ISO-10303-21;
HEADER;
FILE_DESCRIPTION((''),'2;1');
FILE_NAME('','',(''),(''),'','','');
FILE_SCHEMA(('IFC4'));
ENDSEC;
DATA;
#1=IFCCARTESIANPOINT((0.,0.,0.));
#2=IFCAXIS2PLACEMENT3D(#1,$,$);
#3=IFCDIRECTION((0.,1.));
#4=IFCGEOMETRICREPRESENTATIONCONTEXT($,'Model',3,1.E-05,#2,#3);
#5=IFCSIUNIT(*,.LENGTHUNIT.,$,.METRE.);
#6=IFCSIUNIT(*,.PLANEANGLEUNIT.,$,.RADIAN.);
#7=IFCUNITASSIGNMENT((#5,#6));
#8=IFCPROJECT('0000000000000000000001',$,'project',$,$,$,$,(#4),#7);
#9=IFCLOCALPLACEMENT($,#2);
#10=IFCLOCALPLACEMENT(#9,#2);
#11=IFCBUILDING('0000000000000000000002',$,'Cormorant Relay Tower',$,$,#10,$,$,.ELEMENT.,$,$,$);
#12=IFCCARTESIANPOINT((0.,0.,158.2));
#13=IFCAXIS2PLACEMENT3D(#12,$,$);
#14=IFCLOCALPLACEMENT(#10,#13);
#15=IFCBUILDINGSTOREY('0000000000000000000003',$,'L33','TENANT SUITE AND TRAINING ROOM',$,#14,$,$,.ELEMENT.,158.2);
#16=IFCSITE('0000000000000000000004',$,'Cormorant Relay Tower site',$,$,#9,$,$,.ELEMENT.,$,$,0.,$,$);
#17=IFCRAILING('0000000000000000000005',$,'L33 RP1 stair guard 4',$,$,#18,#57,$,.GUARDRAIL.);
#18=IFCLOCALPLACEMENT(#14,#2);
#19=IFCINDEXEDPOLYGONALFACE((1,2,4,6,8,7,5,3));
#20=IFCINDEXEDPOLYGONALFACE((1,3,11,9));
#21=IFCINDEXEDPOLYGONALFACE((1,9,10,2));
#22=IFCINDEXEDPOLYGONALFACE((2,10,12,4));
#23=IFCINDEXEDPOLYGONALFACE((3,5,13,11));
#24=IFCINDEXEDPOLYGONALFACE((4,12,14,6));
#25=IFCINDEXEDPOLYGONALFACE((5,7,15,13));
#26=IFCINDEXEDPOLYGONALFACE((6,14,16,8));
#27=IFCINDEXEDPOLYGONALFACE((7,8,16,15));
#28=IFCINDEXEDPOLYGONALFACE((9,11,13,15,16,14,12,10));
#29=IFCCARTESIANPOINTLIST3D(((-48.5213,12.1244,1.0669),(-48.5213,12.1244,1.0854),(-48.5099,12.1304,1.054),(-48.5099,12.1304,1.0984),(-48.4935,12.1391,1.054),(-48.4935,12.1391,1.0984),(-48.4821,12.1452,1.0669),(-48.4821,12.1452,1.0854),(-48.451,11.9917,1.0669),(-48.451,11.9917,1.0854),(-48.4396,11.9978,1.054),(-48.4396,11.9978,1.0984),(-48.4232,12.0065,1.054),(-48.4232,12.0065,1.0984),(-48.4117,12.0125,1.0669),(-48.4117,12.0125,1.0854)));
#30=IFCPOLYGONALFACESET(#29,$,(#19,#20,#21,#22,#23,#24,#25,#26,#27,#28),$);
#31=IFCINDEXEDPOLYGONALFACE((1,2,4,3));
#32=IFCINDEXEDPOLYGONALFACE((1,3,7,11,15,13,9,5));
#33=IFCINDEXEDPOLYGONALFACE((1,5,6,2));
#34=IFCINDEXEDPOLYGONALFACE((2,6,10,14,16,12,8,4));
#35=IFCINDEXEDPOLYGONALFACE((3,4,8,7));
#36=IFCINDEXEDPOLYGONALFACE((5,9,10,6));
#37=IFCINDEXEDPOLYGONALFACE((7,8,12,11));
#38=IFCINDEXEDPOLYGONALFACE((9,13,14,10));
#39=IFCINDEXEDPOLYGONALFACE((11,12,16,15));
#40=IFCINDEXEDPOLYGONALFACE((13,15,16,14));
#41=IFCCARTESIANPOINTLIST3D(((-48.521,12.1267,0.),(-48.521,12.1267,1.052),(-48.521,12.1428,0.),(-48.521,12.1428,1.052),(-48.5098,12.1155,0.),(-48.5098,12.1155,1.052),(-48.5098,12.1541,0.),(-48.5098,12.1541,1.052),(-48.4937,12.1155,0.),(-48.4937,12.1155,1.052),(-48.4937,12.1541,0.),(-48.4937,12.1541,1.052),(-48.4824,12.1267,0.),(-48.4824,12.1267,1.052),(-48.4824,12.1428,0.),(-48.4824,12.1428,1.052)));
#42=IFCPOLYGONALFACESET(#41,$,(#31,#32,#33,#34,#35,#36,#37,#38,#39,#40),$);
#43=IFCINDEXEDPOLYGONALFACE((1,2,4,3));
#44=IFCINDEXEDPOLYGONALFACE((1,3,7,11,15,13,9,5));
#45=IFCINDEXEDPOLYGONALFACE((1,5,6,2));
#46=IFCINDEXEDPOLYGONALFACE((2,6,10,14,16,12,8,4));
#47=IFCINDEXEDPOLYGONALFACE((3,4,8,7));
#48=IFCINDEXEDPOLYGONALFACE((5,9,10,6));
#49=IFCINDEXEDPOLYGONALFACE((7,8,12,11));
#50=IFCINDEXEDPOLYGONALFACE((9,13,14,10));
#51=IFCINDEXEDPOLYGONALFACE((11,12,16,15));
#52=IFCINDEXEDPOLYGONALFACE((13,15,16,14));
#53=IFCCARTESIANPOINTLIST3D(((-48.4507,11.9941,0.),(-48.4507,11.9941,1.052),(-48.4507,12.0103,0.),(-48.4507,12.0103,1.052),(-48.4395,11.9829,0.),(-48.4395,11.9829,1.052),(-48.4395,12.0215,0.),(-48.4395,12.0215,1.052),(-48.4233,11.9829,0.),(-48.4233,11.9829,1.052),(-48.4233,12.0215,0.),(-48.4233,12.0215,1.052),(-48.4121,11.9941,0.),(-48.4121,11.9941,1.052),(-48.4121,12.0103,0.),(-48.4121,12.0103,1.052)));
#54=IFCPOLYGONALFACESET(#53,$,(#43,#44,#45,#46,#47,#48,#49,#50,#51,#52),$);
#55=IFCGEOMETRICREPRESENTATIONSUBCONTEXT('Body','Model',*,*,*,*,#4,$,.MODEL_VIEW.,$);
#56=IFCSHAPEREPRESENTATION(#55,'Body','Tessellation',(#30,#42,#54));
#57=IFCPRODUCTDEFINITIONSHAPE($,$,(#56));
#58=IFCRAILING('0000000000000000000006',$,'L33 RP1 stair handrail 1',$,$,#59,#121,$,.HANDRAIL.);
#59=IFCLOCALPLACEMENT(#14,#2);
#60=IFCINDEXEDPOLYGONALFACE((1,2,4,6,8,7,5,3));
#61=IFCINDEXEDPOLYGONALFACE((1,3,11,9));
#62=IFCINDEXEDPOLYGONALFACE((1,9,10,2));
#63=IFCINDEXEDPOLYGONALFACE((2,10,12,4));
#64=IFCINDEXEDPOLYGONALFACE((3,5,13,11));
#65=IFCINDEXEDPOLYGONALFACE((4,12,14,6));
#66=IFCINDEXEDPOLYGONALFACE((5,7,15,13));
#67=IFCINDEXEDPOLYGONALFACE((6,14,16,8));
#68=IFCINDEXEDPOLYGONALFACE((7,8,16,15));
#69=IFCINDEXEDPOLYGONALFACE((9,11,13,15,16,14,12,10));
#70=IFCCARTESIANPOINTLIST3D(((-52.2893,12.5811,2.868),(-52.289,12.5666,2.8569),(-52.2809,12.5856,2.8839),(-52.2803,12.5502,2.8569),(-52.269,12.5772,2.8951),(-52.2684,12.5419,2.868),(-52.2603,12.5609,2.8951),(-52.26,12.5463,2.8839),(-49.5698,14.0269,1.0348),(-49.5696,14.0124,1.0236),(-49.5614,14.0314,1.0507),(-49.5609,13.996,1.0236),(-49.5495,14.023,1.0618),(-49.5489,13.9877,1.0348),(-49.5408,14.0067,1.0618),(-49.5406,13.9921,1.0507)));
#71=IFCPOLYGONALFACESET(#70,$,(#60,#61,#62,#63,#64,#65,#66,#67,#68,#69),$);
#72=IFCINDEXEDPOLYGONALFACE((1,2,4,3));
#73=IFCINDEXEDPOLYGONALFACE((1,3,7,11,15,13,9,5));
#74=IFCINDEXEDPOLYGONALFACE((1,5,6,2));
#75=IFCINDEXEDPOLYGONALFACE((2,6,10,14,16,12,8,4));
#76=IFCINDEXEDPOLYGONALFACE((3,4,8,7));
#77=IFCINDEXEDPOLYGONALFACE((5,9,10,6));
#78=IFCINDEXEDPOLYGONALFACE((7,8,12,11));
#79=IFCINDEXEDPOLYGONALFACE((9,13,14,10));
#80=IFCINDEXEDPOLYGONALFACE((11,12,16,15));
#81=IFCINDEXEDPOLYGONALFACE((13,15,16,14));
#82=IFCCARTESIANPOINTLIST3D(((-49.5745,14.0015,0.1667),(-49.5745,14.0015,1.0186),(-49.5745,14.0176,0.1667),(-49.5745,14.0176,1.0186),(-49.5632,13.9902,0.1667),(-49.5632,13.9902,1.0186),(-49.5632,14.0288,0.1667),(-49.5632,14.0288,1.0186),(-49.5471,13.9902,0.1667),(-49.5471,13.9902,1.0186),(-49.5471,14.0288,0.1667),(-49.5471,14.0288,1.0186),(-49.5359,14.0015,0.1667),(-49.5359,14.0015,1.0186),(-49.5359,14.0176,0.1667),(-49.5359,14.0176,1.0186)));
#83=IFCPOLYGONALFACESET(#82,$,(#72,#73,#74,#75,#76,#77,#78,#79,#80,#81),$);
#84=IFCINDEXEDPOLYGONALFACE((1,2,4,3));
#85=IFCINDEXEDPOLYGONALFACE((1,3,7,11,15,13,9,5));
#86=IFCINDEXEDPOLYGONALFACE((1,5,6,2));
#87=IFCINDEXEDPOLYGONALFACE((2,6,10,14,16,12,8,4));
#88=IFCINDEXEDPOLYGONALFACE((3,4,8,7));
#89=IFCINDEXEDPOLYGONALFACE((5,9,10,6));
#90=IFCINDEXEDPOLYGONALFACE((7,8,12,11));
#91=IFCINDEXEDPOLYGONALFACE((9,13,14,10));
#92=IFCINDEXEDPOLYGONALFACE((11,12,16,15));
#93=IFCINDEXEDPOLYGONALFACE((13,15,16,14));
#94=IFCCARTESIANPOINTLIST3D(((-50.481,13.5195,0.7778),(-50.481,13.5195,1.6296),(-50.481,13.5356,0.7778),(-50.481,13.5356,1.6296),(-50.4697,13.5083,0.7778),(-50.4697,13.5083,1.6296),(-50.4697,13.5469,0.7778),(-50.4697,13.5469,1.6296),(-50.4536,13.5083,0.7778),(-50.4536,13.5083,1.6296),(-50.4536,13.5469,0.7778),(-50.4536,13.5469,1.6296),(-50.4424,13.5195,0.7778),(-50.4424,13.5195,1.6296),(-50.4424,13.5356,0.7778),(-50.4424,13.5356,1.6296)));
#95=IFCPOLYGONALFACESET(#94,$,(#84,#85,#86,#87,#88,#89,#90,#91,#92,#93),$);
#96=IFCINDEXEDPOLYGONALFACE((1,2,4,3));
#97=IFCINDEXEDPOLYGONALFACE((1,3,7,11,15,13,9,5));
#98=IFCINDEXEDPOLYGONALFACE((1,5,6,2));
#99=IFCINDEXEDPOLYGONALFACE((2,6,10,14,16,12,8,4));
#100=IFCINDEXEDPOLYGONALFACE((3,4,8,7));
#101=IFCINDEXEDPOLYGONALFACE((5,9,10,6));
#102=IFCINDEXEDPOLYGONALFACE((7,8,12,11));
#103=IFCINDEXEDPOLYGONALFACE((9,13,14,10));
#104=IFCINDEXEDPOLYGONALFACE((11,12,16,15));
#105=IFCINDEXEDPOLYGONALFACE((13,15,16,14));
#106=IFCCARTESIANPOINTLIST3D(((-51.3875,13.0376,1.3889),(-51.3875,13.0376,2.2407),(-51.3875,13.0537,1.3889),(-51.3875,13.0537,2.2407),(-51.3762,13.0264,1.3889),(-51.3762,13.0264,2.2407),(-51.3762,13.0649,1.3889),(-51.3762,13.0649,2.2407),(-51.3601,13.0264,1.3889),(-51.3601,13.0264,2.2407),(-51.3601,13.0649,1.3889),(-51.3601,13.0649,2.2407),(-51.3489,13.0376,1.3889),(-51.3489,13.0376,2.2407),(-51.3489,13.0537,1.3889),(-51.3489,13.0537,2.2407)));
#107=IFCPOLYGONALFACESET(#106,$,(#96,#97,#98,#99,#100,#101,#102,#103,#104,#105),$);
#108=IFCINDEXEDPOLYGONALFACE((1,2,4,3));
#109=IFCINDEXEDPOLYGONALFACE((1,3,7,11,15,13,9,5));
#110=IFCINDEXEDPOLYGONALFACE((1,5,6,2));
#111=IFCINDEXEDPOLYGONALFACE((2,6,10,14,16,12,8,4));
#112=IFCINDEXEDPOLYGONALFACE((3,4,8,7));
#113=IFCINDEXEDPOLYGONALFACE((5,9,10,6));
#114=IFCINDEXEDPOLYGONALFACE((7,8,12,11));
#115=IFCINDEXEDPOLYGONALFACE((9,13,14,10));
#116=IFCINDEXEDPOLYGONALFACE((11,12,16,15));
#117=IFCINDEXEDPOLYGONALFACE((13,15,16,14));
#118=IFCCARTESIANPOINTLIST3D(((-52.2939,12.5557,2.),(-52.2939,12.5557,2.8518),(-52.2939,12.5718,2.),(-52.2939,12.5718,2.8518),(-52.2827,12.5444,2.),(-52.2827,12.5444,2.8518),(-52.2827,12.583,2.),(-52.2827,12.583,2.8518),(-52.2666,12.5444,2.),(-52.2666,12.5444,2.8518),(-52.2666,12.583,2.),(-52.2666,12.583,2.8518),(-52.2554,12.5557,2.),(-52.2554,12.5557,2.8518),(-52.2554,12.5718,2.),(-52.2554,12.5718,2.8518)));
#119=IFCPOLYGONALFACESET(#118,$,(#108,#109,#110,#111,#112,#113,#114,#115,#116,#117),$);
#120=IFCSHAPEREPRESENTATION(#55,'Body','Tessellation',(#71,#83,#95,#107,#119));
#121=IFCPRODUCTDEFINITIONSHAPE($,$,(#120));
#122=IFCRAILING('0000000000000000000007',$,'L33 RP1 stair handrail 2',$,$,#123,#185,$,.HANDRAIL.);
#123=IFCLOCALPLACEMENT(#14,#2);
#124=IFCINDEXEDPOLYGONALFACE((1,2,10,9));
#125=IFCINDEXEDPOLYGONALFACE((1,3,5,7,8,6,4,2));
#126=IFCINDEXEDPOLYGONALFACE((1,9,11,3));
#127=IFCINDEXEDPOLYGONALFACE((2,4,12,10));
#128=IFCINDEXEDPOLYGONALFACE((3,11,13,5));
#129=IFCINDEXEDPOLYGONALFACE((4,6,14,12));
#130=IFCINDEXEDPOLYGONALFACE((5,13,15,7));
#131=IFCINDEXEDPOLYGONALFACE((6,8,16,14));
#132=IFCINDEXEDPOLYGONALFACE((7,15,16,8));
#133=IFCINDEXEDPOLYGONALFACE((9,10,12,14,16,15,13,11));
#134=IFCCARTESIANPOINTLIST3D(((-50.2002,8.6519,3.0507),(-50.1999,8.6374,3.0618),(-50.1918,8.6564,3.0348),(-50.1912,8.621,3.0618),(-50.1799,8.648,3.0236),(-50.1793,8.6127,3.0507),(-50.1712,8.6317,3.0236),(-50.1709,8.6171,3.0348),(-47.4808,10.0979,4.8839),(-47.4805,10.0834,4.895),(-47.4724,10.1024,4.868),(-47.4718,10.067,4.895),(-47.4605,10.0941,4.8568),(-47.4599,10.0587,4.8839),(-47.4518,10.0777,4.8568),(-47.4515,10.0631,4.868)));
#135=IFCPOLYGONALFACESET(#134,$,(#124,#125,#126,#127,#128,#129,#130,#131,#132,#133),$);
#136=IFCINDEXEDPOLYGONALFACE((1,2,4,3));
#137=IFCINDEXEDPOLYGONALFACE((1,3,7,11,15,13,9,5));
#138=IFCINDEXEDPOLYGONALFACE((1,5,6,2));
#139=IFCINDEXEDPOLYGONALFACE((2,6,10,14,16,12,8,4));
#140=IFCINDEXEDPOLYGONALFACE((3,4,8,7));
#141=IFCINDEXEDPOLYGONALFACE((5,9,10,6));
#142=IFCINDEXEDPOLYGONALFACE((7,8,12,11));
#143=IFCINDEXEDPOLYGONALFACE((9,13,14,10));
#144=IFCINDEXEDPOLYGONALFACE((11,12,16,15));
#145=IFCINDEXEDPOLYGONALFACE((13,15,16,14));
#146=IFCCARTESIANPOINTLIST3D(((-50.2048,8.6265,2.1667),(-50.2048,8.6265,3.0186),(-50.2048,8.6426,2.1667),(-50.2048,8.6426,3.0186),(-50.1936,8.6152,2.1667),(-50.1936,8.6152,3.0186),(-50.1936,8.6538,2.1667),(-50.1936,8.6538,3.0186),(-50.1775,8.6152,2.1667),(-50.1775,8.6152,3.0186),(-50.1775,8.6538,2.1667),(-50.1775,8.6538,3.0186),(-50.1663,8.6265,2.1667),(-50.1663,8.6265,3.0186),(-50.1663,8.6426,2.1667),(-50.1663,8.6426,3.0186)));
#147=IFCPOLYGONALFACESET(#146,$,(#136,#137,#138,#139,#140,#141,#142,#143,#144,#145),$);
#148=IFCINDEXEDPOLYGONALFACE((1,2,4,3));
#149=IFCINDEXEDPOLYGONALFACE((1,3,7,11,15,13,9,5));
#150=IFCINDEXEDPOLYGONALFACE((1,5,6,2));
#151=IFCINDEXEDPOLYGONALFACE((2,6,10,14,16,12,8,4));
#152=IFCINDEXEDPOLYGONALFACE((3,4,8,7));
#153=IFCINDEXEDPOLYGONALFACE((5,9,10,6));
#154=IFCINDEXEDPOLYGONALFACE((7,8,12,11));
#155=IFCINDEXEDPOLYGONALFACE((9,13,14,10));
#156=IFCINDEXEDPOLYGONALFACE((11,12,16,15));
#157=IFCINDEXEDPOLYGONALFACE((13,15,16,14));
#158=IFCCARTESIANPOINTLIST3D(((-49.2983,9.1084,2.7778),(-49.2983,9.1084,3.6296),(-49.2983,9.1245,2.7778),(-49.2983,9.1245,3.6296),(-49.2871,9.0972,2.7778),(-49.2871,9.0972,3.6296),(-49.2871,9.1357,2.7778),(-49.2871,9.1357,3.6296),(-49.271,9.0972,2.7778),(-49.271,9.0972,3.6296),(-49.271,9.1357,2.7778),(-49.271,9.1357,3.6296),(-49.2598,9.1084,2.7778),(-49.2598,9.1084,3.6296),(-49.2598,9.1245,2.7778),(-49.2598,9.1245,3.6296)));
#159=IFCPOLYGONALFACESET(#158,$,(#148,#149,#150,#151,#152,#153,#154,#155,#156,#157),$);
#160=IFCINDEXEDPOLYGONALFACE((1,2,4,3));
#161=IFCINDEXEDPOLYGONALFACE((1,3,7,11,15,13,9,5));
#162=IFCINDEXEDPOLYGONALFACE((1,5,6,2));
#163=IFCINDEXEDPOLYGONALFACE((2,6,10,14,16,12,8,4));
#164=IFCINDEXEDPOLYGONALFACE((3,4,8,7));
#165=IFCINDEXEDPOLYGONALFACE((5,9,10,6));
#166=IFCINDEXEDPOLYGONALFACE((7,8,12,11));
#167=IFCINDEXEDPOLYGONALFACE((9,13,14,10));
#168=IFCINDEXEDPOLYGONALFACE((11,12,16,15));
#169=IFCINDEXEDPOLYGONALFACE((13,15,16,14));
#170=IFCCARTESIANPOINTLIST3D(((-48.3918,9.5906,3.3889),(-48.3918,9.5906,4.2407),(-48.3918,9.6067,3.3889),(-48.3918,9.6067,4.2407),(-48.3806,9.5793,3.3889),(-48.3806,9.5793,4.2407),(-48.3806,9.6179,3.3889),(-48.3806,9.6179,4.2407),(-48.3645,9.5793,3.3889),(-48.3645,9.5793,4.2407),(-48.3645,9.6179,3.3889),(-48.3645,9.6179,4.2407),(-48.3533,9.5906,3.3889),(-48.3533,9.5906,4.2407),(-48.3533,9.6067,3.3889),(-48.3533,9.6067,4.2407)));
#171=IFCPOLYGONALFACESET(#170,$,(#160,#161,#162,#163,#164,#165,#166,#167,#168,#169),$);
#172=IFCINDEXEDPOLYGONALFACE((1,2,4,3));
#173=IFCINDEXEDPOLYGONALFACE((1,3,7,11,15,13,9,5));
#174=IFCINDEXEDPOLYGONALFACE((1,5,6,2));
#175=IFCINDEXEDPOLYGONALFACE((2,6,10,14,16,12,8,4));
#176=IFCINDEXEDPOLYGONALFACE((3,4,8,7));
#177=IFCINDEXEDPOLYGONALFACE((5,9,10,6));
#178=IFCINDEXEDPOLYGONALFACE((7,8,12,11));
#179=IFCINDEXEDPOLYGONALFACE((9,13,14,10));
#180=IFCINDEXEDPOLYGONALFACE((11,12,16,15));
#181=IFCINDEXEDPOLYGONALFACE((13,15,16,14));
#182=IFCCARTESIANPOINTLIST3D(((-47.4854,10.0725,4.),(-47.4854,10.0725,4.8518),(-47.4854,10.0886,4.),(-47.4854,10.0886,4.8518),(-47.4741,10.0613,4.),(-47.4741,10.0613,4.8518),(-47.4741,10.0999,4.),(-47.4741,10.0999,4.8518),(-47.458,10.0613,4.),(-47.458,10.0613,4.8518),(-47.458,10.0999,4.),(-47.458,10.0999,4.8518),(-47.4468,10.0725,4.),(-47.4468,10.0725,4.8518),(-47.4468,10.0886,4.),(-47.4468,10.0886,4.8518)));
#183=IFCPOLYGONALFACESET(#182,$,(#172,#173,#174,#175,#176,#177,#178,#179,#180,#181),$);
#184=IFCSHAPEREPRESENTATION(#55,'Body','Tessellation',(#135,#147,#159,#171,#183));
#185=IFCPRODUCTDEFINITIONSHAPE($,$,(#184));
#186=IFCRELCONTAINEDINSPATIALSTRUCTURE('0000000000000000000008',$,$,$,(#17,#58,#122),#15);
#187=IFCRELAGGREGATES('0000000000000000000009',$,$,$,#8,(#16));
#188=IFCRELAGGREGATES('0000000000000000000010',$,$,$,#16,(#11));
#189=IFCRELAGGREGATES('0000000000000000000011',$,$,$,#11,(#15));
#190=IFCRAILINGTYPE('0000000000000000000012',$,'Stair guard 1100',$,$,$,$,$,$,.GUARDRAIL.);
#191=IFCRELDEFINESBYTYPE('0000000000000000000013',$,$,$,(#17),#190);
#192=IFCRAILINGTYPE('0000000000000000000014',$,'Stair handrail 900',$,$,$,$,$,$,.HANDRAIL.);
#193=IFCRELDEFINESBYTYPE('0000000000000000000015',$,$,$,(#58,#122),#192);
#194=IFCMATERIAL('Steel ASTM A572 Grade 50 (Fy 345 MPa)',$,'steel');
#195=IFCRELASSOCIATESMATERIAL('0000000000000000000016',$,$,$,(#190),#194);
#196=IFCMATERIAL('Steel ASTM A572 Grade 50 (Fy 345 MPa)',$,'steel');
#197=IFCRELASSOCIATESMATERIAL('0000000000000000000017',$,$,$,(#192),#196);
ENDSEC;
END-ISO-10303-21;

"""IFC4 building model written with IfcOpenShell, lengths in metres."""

from ifc_helpers import new_model, si_unit, direction, frame, origin, place, context, subcontext, project, spatial, polyline, outline, extrude, material, type_object, element, save


model = new_model("IFC4")

# Units and contexts
model_context = context("Model", 3, precision=1e-05, world=origin(), true_north=direction((0.0, 1.0)))
body_context = subcontext(model_context, "Body", "Model", "MODEL_VIEW")
ifc_project = project(units=[si_unit("LENGTHUNIT", "METRE"), si_unit("PLANEANGLEUNIT", "RADIAN")], contexts=[model_context])

# Site, building, storey
site_placement = place(None, origin())
site = spatial("IfcSite", under=ifc_project, at=site_placement, Name="Cormorant Relay Tower site", CompositionType="ELEMENT", RefElevation=0.0)
building_placement = place(site_placement, origin())
building = spatial("IfcBuilding", under=site, at=building_placement, Name="Cormorant Relay Tower", CompositionType="ELEMENT")
storey_placement = place(building_placement, frame((0.0, 0.0, 158.2)))
storey = spatial("IfcBuildingStorey", under=building, at=storey_placement, Name="L33", Description="TENANT SUITE AND TRAINING ROOM", CompositionType="ELEMENT", Elevation=158.2)

# Railings
ifc_material_1 = material(Name="Steel ASTM A572 Grade 50 (Fy 345 MPa)", Category="steel")
railing_type_1 = type_object("IfcRailingType", Name="Stair guard 1100", PredefinedType="GUARDRAIL", material=ifc_material_1)
railing_1_placement = place(storey_placement, frame((-48.5017, 12.1348, 0.0)))
element("IfcRailing", 1, at=railing_1_placement, inside=storey, type_object=railing_type_1, Name="L33 RP1 stair guard 4", PredefinedType="GUARDRAIL", context=body_context, shape_type="SweptSolid", body=[
    extrude(outline(polyline([(0.0222, 0.0093), (0.0093, 0.0222), (-0.0093, 0.0222), (-0.0222, 0.0093), (-0.0222, -0.0093), (-0.0093, -0.0222), (0.0093, -0.0222), (0.0222, -0.0093), (0.0222, 0.0093)])), frame((0.0, 0.0, 1.0762), z_axis=(0.46856, -0.883431, 0.0), x_axis=(0.883431, 0.46856, 0.0)), (0.0, 0.0, 1.0), 0.1501),
    extrude(outline(polyline([(0.0193, 0.0081), (0.0081, 0.0193), (-0.0081, 0.0193), (-0.0193, 0.0081), (-0.0193, -0.0081), (-0.0081, -0.0193), (0.0081, -0.0193), (0.0193, -0.0081), (0.0193, 0.0081)])), origin(), (0.0, 0.0, 1.0), 1.052),
    extrude(outline(polyline([(0.0193, 0.0081), (0.0081, 0.0193), (-0.0081, 0.0193), (-0.0193, 0.0081), (-0.0193, -0.0081), (-0.0081, -0.0193), (0.0081, -0.0193), (0.0193, -0.0081), (0.0193, 0.0081)])), frame((0.0703, -0.1326, 0.0)), (0.0, 0.0, 1.0), 1.052),
])
ifc_material_2 = material(Name="Steel ASTM A572 Grade 50 (Fy 345 MPa)", Category="steel")
railing_type_2 = type_object("IfcRailingType", Name="Stair handrail 900", PredefinedType="HANDRAIL", material=ifc_material_2)
railing_2_placement = place(storey_placement, frame((-49.5552, 14.0095, 0.1667)))
element("IfcRailing", 2, at=railing_2_placement, inside=storey, type_object=railing_type_2, Name="L33 RP1 stair handrail 1", PredefinedType="HANDRAIL", context=body_context, shape_type="SweptSolid", body=[
    extrude(outline(polyline([(0.0222, 0.0093), (0.0093, 0.0222), (-0.0093, 0.0222), (-0.0222, 0.0093), (-0.0222, -0.0093), (-0.0093, -0.0222), (0.0093, -0.0222), (0.0222, -0.0093), (0.0222, 0.0093)])), frame((0.0, 0.0, 0.876), z_axis=(-0.758735, -0.403378, 0.511477), x_axis=(0.469428, -0.882971, 0.0)), (0.0, 0.0, 1.0), 3.5842),
    extrude(outline(polyline([(0.0193, 0.0081), (0.0081, 0.0193), (-0.0081, 0.0193), (-0.0193, 0.0081), (-0.0193, -0.0081), (-0.0081, -0.0193), (0.0081, -0.0193), (0.0193, -0.0081), (0.0193, 0.0081)])), origin(), (0.0, 0.0, 1.0), 0.8518),
    extrude(outline(polyline([(0.0193, 0.0081), (0.0081, 0.0193), (-0.0081, 0.0193), (-0.0193, 0.0081), (-0.0193, -0.0081), (-0.0081, -0.0193), (0.0081, -0.0193), (0.0193, -0.0081), (0.0193, 0.0081)])), frame((-0.9065, -0.4819, 0.6111)), (0.0, 0.0, 1.0), 0.8518),
    extrude(outline(polyline([(0.0193, 0.0081), (0.0081, 0.0193), (-0.0081, 0.0193), (-0.0193, 0.0081), (-0.0193, -0.0081), (-0.0081, -0.0193), (0.0081, -0.0193), (0.0193, -0.0081), (0.0193, 0.0081)])), frame((-1.813, -0.9639, 1.2222)), (0.0, 0.0, 1.0), 0.8518),
    extrude(outline(polyline([(0.0193, 0.0081), (0.0081, 0.0193), (-0.0081, 0.0193), (-0.0193, 0.0081), (-0.0193, -0.0081), (-0.0081, -0.0193), (0.0081, -0.0193), (0.0193, -0.0081), (0.0193, 0.0081)])), frame((-2.7195, -1.4458, 1.8333)), (0.0, 0.0, 1.0), 0.8518),
])
railing_3_placement = place(storey_placement, frame((-50.1855, 8.6345, 2.1667)))
element("IfcRailing", 3, at=railing_3_placement, inside=storey, type_object=railing_type_2, Name="L33 RP1 stair handrail 2", PredefinedType="HANDRAIL", context=body_context, shape_type="SweptSolid", body=[
    extrude(outline(polyline([(0.0222, 0.0093), (0.0093, 0.0222), (-0.0093, 0.0222), (-0.0222, 0.0093), (-0.0222, -0.0093), (-0.0093, -0.0222), (0.0093, -0.0222), (0.0222, -0.0093), (0.0222, 0.0093)])), frame((0.0, 0.0, 0.876), z_axis=(0.758714, 0.403435, 0.511463), x_axis=(-0.469489, 0.882938, 0.0)), (0.0, 0.0, 1.0), 3.5842),
    extrude(outline(polyline([(0.0193, 0.0081), (0.0081, 0.0193), (-0.0081, 0.0193), (-0.0193, 0.0081), (-0.0193, -0.0081), (-0.0081, -0.0193), (0.0081, -0.0193), (0.0193, -0.0081), (0.0193, 0.0081)])), origin(), (0.0, 0.0, 1.0), 0.8518),
    extrude(outline(polyline([(0.0193, 0.0081), (0.0081, 0.0193), (-0.0081, 0.0193), (-0.0193, 0.0081), (-0.0193, -0.0081), (-0.0081, -0.0193), (0.0081, -0.0193), (0.0193, -0.0081), (0.0193, 0.0081)])), frame((0.9065, 0.4819, 0.6111)), (0.0, 0.0, 1.0), 0.8518),
    extrude(outline(polyline([(0.0193, 0.0081), (0.0081, 0.0193), (-0.0081, 0.0193), (-0.0193, 0.0081), (-0.0193, -0.0081), (-0.0081, -0.0193), (0.0081, -0.0193), (0.0193, -0.0081), (0.0193, 0.0081)])), frame((1.813, 0.9641, 1.2222)), (0.0, 0.0, 1.0), 0.8518),
    extrude(outline(polyline([(0.0193, 0.0081), (0.0081, 0.0193), (-0.0081, 0.0193), (-0.0193, 0.0081), (-0.0193, -0.0081), (-0.0081, -0.0193), (0.0081, -0.0193), (0.0193, -0.0081), (0.0193, 0.0081)])), frame((2.7195, 1.446, 1.8333)), (0.0, 0.0, 1.0), 0.8518),
])

save(model, "model.ifc")
